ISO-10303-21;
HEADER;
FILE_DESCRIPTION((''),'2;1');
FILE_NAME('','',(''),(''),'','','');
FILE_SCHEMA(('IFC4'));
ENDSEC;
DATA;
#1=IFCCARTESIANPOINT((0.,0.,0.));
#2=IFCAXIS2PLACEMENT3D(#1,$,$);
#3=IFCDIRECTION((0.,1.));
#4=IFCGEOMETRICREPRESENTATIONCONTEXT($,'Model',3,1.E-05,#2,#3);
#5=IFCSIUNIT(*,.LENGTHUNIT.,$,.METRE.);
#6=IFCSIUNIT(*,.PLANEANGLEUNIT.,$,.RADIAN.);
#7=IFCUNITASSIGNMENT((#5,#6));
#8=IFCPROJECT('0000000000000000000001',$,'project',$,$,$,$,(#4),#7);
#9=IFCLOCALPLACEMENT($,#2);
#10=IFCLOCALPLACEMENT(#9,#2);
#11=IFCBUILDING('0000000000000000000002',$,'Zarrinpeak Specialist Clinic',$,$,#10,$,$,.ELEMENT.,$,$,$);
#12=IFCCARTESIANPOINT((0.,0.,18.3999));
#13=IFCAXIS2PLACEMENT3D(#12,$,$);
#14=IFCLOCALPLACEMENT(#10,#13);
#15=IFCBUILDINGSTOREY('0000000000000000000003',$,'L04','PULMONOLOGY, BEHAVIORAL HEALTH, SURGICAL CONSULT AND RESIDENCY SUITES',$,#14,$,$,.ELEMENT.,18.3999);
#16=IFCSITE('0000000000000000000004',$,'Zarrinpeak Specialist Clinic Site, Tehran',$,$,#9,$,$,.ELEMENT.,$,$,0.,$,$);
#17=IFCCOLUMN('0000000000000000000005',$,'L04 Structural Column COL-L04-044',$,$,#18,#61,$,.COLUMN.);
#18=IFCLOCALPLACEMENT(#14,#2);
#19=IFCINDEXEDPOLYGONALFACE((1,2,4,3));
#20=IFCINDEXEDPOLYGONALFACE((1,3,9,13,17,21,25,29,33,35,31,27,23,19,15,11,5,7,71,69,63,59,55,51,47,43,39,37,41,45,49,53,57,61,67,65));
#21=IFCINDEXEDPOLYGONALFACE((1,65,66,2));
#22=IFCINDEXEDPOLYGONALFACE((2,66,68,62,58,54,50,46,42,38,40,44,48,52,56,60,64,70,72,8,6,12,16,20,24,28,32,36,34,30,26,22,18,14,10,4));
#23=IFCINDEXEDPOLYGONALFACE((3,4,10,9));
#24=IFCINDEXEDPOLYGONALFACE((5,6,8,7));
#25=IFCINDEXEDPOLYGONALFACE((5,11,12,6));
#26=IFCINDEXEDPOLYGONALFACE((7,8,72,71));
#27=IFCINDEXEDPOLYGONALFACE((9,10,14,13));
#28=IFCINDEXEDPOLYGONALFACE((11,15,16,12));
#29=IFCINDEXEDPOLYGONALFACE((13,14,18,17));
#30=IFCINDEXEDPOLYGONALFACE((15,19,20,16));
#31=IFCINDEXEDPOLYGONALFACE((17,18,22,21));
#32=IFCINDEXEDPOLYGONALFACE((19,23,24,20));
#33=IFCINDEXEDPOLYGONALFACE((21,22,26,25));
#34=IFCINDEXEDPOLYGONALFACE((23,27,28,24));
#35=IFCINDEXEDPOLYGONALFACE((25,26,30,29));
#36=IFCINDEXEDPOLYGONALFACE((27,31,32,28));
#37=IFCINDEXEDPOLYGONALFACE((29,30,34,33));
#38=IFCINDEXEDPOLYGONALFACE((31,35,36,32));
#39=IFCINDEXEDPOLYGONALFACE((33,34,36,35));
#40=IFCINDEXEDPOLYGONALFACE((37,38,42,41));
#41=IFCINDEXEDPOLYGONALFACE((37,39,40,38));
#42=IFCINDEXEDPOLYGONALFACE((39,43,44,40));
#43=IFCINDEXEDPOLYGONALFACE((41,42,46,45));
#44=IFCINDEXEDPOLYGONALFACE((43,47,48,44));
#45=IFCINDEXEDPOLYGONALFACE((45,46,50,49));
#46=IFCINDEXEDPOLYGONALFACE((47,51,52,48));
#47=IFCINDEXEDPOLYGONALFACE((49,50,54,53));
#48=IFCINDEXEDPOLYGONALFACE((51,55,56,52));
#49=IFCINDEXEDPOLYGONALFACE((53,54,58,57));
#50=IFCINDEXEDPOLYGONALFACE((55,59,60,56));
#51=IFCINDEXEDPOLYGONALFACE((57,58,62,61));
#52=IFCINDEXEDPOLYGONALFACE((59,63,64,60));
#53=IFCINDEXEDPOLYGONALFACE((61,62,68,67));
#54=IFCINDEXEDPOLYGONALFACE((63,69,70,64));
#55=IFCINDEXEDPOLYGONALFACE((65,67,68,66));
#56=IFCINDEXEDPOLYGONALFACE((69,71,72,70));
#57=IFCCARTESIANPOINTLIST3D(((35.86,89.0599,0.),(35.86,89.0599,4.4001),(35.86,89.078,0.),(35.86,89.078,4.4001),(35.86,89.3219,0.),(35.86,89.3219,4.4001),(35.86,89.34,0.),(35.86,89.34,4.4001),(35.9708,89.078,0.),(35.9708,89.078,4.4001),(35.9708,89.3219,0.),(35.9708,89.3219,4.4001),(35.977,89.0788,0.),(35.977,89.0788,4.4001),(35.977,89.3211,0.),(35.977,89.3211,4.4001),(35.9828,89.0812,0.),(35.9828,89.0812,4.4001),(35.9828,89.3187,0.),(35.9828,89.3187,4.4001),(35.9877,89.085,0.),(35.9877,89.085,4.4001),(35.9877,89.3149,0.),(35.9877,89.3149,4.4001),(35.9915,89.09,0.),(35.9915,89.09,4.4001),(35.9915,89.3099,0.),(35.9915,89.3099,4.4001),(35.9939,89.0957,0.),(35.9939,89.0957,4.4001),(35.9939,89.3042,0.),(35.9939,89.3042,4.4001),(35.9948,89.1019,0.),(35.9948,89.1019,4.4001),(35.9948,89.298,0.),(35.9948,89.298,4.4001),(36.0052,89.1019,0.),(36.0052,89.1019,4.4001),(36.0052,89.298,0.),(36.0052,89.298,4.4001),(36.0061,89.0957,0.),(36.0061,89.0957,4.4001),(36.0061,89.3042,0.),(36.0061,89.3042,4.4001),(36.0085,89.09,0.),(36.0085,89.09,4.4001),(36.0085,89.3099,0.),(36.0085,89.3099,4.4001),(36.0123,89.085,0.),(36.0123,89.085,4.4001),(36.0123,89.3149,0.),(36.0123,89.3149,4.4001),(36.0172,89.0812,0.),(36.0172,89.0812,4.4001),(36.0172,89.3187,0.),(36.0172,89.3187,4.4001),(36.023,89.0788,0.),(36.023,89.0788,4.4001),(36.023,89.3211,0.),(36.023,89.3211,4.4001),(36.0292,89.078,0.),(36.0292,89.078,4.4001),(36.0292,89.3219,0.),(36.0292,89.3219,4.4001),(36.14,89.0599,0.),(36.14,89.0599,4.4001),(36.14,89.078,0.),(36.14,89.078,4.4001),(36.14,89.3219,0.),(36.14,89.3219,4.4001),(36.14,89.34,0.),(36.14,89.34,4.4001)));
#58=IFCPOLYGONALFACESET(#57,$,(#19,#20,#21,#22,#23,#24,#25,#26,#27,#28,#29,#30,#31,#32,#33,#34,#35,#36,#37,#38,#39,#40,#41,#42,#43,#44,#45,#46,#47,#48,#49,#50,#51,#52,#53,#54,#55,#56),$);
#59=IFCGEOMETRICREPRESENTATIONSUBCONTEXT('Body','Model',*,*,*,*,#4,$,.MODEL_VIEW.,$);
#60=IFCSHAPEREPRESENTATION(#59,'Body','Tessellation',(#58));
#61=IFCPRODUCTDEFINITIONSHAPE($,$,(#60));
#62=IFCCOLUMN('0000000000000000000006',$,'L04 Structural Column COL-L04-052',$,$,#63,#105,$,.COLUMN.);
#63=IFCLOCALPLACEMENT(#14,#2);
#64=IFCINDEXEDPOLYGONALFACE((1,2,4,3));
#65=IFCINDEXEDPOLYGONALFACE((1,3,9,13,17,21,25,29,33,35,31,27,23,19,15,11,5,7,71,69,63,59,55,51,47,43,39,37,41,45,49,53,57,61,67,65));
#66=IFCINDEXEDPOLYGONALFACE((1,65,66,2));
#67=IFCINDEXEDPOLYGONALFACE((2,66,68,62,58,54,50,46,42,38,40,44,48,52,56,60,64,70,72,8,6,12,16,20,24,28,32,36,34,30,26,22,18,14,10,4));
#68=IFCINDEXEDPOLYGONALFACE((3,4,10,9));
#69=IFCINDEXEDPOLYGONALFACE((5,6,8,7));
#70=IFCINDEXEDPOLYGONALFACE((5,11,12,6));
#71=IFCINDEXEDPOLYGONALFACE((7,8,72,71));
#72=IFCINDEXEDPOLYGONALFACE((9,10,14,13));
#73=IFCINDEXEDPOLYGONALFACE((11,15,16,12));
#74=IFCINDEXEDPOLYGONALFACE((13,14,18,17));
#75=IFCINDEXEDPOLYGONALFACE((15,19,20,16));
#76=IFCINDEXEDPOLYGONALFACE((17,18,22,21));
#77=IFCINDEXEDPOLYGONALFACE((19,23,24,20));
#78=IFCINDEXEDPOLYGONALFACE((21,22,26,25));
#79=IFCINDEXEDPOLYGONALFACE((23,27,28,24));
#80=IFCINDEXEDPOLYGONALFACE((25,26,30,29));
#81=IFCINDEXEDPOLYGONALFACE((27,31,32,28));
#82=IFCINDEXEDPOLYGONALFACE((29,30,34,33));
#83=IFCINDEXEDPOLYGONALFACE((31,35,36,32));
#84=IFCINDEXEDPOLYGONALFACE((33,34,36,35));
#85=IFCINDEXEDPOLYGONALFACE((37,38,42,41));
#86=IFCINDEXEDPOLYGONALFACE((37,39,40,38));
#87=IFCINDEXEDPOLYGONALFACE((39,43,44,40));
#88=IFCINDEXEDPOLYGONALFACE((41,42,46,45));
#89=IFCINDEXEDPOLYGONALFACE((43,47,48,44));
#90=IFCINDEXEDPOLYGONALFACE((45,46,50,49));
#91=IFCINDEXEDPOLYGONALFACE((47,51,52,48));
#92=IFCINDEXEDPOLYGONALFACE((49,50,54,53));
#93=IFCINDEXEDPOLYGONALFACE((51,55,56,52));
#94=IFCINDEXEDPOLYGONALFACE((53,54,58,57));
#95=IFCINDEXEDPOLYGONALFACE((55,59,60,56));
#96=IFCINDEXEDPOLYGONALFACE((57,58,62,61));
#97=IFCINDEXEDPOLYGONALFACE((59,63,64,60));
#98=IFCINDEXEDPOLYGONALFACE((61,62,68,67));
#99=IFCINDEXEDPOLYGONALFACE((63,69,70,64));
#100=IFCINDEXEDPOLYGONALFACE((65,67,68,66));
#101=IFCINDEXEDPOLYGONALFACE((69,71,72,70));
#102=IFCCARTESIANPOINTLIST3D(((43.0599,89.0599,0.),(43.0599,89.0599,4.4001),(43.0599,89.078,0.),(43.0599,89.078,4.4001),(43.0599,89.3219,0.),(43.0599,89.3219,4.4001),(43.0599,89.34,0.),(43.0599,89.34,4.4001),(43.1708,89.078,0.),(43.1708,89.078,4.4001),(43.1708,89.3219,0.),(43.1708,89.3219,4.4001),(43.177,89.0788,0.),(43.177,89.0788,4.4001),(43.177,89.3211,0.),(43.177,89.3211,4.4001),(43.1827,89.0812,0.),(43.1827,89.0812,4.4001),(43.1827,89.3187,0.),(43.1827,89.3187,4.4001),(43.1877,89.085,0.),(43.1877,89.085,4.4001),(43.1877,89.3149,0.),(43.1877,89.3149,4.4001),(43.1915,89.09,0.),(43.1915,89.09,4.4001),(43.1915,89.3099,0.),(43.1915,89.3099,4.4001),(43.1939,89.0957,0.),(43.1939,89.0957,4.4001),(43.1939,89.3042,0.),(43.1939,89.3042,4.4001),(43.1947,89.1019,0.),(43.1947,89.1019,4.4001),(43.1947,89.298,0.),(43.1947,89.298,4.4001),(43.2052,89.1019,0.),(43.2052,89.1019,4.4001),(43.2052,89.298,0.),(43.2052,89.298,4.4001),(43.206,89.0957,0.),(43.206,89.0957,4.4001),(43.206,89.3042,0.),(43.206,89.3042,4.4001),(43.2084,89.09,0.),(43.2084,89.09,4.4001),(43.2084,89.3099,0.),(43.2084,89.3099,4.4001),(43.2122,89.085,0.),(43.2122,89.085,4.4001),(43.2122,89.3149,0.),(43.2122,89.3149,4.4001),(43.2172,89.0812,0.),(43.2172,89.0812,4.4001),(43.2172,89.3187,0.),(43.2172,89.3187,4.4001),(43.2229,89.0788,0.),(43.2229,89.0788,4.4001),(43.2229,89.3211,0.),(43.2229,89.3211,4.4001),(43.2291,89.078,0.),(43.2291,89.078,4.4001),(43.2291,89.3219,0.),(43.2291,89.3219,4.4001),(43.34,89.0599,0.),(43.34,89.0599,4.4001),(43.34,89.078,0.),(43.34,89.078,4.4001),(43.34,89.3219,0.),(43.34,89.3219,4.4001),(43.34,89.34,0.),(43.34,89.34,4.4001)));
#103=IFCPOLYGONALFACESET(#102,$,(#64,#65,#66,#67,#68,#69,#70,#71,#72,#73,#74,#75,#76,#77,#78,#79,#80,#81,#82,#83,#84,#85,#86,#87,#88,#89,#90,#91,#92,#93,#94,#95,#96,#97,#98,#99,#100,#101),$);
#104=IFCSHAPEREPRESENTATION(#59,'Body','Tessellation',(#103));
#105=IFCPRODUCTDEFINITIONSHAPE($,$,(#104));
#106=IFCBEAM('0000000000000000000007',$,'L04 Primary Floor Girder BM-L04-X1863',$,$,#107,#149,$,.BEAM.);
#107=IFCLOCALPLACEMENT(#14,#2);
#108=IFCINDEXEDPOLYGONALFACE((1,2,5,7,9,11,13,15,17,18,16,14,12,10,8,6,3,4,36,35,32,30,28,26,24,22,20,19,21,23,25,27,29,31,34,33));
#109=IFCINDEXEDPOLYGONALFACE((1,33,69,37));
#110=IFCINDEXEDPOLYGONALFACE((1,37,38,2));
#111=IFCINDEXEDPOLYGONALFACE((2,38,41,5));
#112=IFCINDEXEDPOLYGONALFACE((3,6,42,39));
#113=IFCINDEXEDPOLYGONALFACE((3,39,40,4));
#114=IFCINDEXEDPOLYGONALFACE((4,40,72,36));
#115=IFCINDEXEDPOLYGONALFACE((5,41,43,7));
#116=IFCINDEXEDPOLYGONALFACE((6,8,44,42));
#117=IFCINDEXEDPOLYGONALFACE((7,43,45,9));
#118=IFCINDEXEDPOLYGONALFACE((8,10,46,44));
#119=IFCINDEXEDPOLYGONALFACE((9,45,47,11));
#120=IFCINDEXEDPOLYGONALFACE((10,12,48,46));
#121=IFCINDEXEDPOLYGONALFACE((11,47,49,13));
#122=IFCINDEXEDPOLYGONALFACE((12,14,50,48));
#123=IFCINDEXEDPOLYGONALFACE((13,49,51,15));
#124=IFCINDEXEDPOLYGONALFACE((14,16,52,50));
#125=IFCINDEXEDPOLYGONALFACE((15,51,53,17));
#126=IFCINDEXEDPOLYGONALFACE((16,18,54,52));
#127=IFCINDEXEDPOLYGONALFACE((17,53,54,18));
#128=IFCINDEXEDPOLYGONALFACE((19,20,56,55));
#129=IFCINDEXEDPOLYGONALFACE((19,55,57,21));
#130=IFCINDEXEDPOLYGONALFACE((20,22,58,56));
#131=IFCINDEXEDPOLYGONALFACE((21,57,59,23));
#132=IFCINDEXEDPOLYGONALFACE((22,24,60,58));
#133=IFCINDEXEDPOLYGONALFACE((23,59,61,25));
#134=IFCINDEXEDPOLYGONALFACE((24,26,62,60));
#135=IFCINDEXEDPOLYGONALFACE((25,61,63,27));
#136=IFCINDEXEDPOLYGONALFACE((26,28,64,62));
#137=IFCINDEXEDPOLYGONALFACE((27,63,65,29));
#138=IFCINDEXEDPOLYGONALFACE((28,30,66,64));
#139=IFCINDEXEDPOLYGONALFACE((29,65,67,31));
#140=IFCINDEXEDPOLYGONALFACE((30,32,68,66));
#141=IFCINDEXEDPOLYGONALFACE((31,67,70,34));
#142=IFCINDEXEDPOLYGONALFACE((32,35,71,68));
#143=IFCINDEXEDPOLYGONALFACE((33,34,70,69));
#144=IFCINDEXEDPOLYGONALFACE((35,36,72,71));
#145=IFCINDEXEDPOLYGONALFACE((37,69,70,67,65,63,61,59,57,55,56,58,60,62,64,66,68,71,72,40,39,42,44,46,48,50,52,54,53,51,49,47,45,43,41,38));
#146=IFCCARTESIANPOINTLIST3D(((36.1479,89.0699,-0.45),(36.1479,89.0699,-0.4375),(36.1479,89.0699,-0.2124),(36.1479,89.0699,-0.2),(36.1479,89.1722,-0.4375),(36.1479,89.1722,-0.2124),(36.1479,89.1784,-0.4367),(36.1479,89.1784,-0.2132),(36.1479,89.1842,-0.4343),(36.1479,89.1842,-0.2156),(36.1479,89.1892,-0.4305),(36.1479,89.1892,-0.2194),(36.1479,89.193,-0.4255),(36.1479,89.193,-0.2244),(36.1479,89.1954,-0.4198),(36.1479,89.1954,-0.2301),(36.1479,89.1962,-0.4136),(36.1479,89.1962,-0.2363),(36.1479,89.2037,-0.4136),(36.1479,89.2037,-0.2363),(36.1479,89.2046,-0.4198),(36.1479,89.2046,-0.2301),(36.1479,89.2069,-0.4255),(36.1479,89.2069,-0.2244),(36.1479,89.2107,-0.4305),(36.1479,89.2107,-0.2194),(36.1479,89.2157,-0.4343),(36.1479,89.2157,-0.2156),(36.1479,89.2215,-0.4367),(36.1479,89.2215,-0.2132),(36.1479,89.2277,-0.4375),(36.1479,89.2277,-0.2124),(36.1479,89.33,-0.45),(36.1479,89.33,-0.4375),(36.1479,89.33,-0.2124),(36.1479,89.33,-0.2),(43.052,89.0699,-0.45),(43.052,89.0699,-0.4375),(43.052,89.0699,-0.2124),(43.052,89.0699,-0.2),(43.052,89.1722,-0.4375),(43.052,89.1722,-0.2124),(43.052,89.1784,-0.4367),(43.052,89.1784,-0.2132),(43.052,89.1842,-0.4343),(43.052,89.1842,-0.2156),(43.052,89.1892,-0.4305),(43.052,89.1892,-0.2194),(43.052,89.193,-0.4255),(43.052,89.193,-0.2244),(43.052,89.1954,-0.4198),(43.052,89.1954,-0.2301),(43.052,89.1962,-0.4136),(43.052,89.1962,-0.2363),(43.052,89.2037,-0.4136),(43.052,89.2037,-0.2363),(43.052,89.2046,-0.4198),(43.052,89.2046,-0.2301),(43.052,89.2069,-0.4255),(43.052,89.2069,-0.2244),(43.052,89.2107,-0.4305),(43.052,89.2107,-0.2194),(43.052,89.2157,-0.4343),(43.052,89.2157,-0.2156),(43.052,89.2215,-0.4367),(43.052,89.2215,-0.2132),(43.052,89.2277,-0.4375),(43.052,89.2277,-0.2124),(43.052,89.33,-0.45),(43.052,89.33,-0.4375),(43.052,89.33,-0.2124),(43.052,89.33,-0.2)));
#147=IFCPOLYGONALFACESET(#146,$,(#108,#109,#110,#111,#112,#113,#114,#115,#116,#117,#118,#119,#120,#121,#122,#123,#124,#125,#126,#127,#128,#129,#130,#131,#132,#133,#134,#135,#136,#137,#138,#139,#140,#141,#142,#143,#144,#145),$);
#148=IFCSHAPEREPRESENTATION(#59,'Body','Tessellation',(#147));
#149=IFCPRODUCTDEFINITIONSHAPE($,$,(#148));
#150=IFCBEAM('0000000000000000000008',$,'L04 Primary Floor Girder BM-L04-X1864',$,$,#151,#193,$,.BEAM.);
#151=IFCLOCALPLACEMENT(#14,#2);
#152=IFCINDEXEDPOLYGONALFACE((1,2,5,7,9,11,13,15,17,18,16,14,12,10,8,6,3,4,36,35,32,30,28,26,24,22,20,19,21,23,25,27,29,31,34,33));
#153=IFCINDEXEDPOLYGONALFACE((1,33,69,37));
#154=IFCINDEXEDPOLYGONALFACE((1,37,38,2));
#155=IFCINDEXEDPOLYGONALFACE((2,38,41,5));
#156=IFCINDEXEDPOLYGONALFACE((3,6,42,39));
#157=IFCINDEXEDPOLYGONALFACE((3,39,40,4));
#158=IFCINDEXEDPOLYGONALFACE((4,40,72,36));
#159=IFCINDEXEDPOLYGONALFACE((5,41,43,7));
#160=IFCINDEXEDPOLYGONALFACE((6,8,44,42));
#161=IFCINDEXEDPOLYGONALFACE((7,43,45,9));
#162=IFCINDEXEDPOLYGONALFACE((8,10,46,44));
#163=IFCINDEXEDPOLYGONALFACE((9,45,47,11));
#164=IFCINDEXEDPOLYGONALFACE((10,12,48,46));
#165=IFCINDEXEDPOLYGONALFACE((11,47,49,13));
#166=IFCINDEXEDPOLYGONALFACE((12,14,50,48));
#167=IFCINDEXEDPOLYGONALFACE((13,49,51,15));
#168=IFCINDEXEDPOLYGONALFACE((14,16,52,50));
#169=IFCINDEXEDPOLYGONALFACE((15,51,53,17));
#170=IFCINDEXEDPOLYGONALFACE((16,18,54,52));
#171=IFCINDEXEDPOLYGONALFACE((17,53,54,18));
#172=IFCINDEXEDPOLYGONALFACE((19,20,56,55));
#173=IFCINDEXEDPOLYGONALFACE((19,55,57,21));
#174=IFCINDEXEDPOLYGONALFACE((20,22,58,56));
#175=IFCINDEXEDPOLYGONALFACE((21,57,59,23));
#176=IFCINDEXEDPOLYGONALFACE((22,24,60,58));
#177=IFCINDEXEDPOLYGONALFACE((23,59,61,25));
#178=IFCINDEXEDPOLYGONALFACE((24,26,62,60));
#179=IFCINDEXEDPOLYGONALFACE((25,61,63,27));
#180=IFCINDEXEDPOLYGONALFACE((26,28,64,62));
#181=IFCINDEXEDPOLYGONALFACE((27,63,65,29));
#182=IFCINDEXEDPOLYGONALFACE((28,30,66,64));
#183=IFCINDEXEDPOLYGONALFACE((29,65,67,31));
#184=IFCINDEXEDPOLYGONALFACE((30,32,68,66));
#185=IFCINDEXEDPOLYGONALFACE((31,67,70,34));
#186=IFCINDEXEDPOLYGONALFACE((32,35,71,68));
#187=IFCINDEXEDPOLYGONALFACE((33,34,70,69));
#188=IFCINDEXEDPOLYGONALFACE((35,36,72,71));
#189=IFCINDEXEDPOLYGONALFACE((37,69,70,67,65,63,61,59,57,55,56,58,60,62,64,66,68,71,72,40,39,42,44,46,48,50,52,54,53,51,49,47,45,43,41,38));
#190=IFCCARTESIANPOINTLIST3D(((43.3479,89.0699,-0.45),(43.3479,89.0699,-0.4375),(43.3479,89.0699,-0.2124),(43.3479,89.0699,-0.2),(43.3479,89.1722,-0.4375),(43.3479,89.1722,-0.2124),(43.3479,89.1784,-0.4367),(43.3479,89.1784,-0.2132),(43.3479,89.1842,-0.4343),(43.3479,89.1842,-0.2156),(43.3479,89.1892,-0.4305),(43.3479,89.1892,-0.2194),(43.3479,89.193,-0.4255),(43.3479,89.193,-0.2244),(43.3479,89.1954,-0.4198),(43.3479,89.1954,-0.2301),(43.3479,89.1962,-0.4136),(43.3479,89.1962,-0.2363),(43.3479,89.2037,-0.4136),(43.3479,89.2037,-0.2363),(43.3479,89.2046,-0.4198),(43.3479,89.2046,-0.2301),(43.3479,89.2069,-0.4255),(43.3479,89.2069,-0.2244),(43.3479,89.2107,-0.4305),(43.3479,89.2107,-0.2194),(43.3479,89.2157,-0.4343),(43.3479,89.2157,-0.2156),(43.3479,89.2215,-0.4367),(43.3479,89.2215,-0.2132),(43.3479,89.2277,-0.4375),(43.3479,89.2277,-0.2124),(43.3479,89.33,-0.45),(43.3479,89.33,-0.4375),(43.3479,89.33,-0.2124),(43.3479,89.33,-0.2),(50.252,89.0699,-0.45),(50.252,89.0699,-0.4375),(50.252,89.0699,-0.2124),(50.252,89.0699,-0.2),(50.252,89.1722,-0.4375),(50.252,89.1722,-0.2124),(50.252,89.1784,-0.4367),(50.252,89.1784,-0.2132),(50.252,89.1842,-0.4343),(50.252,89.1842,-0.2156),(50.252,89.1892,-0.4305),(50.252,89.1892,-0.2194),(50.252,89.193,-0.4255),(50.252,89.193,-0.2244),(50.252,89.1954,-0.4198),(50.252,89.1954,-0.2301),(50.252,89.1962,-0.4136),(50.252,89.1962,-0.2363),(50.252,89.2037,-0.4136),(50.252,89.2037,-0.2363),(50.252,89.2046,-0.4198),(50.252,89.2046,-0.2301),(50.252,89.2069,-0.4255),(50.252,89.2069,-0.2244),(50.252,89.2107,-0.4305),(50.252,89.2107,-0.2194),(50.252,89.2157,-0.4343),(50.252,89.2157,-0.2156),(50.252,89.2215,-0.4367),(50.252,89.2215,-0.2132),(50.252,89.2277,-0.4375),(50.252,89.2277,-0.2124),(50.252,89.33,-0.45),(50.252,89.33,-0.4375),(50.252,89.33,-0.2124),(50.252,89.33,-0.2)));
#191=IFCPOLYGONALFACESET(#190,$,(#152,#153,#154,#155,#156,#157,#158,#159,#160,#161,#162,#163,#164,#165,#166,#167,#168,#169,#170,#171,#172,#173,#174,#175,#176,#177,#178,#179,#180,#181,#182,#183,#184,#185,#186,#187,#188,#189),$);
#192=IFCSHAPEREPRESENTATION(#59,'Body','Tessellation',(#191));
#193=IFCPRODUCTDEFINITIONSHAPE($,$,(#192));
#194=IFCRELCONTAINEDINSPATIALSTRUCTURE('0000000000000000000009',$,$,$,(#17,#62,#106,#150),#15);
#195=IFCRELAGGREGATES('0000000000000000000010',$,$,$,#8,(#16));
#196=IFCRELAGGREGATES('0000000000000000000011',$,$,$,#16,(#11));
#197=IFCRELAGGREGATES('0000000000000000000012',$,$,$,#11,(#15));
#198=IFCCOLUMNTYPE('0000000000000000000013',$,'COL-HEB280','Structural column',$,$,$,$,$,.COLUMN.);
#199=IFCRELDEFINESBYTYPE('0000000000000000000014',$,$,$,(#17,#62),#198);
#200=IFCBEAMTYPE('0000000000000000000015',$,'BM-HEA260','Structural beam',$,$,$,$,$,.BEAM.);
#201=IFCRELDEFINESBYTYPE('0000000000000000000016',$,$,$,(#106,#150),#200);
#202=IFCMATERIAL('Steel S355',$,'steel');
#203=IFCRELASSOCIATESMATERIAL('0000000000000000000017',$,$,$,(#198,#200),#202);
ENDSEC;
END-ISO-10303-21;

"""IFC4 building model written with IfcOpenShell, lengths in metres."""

from ifc_helpers import new_model, si_unit, direction, frame, origin, origin_2d, place, context, subcontext, project, spatial, i_section, extrude, material, material_profile, profile_set, type_object, element, save


model = new_model("IFC4")

# Units and contexts
model_context = context("Model", 3, precision=1e-05, world=origin(), true_north=direction((0.0, 1.0)))
body_context = subcontext(model_context, "Body", "Model", "MODEL_VIEW")
ifc_project = project(units=[si_unit("LENGTHUNIT", "METRE"), si_unit("PLANEANGLEUNIT", "RADIAN")], contexts=[model_context])

# Site, building, storey
site_placement = place(None, origin())
site = spatial("IfcSite", under=ifc_project, at=site_placement, Name="Zarrinpeak Specialist Clinic Site, Tehran", CompositionType="ELEMENT", RefElevation=0.0)
building_placement = place(site_placement, origin())
building = spatial("IfcBuilding", under=site, at=building_placement, Name="Zarrinpeak Specialist Clinic", CompositionType="ELEMENT")
storey_placement = place(building_placement, frame((0.0, 0.0, 18.3999)))
storey = spatial("IfcBuildingStorey", under=building, at=storey_placement, Name="L04", Description="PULMONOLOGY, BEHAVIORAL HEALTH, SURGICAL CONSULT AND RESIDENCY SUITES", CompositionType="ELEMENT", Elevation=18.3999)

# Columns
ifc_material_1 = material(Name="Steel S355", Category="steel")
ifc_material_profile_1 = material_profile(ifc_material_1, i_section(OverallWidth=0.28, OverallDepth=0.28, WebThickness=0.0105, FlangeThickness=0.0181, FilletRadius=0.0239, at=origin_2d()), Name="HEB 280")
ifc_profile_set_1 = profile_set([ifc_material_profile_1], Name="Steel S355")
column_type = type_object("IfcColumnType", Name="COL-HEB280", Description="Structural column", PredefinedType="COLUMN", material=ifc_profile_set_1)
for number, where, z_axis, x_axis, name in (
    (1, (36.0, 89.2, 0.0), (0.0, 0.0, 1.0), (1.0, 0.0, 0.0), "L04 Structural Column COL-L04-044"),
    (2, (43.2, 89.2, 0.0), (0.0, 0.0, 1.0), (1.0, 0.0, 0.0), "L04 Structural Column COL-L04-052"),
):
    element("IfcColumn", number, at=place(storey_placement, frame(where, z_axis=z_axis, x_axis=x_axis)), inside=storey, type_object=column_type, Name=name, PredefinedType="COLUMN", context=body_context, shape_type="SweptSolid", body=[
        extrude(i_section(OverallWidth=0.28, OverallDepth=0.28, WebThickness=0.0105, FlangeThickness=0.0181, FilletRadius=0.0239, at=origin_2d()), origin(), (0.0, 0.0, 1.0), 4.4001),
    ])

# Beams
ifc_material_profile_2 = material_profile(ifc_material_1, i_section(OverallWidth=0.26, OverallDepth=0.25, WebThickness=0.0076, FlangeThickness=0.0125, FilletRadius=0.0239, at=origin_2d()), Name="HEA 260")
ifc_profile_set_2 = profile_set([ifc_material_profile_2], Name="Steel S355")
beam_type = type_object("IfcBeamType", Name="BM-HEA260", Description="Structural beam", PredefinedType="BEAM", material=ifc_profile_set_2)
for number, where, z_axis, x_axis, name in (
    (3, (36.1479, 89.2, -0.325), (1.0, 0.0, 0.0), (0.0, 1.0, 0.0), "L04 Primary Floor Girder BM-L04-X1863"),
    (4, (43.3479, 89.2, -0.325), (1.0, 0.0, 0.0), (0.0, 1.0, 0.0), "L04 Primary Floor Girder BM-L04-X1864"),
):
    element("IfcBeam", number, at=place(storey_placement, frame(where, z_axis=z_axis, x_axis=x_axis)), inside=storey, type_object=beam_type, Name=name, PredefinedType="BEAM", context=body_context, shape_type="SweptSolid", body=[
        extrude(i_section(OverallWidth=0.26, OverallDepth=0.25, WebThickness=0.0076, FlangeThickness=0.0125, FilletRadius=0.0239, at=origin_2d()), origin(), (0.0, 0.0, 1.0), 6.9041),
    ])

save(model, "model.ifc")
